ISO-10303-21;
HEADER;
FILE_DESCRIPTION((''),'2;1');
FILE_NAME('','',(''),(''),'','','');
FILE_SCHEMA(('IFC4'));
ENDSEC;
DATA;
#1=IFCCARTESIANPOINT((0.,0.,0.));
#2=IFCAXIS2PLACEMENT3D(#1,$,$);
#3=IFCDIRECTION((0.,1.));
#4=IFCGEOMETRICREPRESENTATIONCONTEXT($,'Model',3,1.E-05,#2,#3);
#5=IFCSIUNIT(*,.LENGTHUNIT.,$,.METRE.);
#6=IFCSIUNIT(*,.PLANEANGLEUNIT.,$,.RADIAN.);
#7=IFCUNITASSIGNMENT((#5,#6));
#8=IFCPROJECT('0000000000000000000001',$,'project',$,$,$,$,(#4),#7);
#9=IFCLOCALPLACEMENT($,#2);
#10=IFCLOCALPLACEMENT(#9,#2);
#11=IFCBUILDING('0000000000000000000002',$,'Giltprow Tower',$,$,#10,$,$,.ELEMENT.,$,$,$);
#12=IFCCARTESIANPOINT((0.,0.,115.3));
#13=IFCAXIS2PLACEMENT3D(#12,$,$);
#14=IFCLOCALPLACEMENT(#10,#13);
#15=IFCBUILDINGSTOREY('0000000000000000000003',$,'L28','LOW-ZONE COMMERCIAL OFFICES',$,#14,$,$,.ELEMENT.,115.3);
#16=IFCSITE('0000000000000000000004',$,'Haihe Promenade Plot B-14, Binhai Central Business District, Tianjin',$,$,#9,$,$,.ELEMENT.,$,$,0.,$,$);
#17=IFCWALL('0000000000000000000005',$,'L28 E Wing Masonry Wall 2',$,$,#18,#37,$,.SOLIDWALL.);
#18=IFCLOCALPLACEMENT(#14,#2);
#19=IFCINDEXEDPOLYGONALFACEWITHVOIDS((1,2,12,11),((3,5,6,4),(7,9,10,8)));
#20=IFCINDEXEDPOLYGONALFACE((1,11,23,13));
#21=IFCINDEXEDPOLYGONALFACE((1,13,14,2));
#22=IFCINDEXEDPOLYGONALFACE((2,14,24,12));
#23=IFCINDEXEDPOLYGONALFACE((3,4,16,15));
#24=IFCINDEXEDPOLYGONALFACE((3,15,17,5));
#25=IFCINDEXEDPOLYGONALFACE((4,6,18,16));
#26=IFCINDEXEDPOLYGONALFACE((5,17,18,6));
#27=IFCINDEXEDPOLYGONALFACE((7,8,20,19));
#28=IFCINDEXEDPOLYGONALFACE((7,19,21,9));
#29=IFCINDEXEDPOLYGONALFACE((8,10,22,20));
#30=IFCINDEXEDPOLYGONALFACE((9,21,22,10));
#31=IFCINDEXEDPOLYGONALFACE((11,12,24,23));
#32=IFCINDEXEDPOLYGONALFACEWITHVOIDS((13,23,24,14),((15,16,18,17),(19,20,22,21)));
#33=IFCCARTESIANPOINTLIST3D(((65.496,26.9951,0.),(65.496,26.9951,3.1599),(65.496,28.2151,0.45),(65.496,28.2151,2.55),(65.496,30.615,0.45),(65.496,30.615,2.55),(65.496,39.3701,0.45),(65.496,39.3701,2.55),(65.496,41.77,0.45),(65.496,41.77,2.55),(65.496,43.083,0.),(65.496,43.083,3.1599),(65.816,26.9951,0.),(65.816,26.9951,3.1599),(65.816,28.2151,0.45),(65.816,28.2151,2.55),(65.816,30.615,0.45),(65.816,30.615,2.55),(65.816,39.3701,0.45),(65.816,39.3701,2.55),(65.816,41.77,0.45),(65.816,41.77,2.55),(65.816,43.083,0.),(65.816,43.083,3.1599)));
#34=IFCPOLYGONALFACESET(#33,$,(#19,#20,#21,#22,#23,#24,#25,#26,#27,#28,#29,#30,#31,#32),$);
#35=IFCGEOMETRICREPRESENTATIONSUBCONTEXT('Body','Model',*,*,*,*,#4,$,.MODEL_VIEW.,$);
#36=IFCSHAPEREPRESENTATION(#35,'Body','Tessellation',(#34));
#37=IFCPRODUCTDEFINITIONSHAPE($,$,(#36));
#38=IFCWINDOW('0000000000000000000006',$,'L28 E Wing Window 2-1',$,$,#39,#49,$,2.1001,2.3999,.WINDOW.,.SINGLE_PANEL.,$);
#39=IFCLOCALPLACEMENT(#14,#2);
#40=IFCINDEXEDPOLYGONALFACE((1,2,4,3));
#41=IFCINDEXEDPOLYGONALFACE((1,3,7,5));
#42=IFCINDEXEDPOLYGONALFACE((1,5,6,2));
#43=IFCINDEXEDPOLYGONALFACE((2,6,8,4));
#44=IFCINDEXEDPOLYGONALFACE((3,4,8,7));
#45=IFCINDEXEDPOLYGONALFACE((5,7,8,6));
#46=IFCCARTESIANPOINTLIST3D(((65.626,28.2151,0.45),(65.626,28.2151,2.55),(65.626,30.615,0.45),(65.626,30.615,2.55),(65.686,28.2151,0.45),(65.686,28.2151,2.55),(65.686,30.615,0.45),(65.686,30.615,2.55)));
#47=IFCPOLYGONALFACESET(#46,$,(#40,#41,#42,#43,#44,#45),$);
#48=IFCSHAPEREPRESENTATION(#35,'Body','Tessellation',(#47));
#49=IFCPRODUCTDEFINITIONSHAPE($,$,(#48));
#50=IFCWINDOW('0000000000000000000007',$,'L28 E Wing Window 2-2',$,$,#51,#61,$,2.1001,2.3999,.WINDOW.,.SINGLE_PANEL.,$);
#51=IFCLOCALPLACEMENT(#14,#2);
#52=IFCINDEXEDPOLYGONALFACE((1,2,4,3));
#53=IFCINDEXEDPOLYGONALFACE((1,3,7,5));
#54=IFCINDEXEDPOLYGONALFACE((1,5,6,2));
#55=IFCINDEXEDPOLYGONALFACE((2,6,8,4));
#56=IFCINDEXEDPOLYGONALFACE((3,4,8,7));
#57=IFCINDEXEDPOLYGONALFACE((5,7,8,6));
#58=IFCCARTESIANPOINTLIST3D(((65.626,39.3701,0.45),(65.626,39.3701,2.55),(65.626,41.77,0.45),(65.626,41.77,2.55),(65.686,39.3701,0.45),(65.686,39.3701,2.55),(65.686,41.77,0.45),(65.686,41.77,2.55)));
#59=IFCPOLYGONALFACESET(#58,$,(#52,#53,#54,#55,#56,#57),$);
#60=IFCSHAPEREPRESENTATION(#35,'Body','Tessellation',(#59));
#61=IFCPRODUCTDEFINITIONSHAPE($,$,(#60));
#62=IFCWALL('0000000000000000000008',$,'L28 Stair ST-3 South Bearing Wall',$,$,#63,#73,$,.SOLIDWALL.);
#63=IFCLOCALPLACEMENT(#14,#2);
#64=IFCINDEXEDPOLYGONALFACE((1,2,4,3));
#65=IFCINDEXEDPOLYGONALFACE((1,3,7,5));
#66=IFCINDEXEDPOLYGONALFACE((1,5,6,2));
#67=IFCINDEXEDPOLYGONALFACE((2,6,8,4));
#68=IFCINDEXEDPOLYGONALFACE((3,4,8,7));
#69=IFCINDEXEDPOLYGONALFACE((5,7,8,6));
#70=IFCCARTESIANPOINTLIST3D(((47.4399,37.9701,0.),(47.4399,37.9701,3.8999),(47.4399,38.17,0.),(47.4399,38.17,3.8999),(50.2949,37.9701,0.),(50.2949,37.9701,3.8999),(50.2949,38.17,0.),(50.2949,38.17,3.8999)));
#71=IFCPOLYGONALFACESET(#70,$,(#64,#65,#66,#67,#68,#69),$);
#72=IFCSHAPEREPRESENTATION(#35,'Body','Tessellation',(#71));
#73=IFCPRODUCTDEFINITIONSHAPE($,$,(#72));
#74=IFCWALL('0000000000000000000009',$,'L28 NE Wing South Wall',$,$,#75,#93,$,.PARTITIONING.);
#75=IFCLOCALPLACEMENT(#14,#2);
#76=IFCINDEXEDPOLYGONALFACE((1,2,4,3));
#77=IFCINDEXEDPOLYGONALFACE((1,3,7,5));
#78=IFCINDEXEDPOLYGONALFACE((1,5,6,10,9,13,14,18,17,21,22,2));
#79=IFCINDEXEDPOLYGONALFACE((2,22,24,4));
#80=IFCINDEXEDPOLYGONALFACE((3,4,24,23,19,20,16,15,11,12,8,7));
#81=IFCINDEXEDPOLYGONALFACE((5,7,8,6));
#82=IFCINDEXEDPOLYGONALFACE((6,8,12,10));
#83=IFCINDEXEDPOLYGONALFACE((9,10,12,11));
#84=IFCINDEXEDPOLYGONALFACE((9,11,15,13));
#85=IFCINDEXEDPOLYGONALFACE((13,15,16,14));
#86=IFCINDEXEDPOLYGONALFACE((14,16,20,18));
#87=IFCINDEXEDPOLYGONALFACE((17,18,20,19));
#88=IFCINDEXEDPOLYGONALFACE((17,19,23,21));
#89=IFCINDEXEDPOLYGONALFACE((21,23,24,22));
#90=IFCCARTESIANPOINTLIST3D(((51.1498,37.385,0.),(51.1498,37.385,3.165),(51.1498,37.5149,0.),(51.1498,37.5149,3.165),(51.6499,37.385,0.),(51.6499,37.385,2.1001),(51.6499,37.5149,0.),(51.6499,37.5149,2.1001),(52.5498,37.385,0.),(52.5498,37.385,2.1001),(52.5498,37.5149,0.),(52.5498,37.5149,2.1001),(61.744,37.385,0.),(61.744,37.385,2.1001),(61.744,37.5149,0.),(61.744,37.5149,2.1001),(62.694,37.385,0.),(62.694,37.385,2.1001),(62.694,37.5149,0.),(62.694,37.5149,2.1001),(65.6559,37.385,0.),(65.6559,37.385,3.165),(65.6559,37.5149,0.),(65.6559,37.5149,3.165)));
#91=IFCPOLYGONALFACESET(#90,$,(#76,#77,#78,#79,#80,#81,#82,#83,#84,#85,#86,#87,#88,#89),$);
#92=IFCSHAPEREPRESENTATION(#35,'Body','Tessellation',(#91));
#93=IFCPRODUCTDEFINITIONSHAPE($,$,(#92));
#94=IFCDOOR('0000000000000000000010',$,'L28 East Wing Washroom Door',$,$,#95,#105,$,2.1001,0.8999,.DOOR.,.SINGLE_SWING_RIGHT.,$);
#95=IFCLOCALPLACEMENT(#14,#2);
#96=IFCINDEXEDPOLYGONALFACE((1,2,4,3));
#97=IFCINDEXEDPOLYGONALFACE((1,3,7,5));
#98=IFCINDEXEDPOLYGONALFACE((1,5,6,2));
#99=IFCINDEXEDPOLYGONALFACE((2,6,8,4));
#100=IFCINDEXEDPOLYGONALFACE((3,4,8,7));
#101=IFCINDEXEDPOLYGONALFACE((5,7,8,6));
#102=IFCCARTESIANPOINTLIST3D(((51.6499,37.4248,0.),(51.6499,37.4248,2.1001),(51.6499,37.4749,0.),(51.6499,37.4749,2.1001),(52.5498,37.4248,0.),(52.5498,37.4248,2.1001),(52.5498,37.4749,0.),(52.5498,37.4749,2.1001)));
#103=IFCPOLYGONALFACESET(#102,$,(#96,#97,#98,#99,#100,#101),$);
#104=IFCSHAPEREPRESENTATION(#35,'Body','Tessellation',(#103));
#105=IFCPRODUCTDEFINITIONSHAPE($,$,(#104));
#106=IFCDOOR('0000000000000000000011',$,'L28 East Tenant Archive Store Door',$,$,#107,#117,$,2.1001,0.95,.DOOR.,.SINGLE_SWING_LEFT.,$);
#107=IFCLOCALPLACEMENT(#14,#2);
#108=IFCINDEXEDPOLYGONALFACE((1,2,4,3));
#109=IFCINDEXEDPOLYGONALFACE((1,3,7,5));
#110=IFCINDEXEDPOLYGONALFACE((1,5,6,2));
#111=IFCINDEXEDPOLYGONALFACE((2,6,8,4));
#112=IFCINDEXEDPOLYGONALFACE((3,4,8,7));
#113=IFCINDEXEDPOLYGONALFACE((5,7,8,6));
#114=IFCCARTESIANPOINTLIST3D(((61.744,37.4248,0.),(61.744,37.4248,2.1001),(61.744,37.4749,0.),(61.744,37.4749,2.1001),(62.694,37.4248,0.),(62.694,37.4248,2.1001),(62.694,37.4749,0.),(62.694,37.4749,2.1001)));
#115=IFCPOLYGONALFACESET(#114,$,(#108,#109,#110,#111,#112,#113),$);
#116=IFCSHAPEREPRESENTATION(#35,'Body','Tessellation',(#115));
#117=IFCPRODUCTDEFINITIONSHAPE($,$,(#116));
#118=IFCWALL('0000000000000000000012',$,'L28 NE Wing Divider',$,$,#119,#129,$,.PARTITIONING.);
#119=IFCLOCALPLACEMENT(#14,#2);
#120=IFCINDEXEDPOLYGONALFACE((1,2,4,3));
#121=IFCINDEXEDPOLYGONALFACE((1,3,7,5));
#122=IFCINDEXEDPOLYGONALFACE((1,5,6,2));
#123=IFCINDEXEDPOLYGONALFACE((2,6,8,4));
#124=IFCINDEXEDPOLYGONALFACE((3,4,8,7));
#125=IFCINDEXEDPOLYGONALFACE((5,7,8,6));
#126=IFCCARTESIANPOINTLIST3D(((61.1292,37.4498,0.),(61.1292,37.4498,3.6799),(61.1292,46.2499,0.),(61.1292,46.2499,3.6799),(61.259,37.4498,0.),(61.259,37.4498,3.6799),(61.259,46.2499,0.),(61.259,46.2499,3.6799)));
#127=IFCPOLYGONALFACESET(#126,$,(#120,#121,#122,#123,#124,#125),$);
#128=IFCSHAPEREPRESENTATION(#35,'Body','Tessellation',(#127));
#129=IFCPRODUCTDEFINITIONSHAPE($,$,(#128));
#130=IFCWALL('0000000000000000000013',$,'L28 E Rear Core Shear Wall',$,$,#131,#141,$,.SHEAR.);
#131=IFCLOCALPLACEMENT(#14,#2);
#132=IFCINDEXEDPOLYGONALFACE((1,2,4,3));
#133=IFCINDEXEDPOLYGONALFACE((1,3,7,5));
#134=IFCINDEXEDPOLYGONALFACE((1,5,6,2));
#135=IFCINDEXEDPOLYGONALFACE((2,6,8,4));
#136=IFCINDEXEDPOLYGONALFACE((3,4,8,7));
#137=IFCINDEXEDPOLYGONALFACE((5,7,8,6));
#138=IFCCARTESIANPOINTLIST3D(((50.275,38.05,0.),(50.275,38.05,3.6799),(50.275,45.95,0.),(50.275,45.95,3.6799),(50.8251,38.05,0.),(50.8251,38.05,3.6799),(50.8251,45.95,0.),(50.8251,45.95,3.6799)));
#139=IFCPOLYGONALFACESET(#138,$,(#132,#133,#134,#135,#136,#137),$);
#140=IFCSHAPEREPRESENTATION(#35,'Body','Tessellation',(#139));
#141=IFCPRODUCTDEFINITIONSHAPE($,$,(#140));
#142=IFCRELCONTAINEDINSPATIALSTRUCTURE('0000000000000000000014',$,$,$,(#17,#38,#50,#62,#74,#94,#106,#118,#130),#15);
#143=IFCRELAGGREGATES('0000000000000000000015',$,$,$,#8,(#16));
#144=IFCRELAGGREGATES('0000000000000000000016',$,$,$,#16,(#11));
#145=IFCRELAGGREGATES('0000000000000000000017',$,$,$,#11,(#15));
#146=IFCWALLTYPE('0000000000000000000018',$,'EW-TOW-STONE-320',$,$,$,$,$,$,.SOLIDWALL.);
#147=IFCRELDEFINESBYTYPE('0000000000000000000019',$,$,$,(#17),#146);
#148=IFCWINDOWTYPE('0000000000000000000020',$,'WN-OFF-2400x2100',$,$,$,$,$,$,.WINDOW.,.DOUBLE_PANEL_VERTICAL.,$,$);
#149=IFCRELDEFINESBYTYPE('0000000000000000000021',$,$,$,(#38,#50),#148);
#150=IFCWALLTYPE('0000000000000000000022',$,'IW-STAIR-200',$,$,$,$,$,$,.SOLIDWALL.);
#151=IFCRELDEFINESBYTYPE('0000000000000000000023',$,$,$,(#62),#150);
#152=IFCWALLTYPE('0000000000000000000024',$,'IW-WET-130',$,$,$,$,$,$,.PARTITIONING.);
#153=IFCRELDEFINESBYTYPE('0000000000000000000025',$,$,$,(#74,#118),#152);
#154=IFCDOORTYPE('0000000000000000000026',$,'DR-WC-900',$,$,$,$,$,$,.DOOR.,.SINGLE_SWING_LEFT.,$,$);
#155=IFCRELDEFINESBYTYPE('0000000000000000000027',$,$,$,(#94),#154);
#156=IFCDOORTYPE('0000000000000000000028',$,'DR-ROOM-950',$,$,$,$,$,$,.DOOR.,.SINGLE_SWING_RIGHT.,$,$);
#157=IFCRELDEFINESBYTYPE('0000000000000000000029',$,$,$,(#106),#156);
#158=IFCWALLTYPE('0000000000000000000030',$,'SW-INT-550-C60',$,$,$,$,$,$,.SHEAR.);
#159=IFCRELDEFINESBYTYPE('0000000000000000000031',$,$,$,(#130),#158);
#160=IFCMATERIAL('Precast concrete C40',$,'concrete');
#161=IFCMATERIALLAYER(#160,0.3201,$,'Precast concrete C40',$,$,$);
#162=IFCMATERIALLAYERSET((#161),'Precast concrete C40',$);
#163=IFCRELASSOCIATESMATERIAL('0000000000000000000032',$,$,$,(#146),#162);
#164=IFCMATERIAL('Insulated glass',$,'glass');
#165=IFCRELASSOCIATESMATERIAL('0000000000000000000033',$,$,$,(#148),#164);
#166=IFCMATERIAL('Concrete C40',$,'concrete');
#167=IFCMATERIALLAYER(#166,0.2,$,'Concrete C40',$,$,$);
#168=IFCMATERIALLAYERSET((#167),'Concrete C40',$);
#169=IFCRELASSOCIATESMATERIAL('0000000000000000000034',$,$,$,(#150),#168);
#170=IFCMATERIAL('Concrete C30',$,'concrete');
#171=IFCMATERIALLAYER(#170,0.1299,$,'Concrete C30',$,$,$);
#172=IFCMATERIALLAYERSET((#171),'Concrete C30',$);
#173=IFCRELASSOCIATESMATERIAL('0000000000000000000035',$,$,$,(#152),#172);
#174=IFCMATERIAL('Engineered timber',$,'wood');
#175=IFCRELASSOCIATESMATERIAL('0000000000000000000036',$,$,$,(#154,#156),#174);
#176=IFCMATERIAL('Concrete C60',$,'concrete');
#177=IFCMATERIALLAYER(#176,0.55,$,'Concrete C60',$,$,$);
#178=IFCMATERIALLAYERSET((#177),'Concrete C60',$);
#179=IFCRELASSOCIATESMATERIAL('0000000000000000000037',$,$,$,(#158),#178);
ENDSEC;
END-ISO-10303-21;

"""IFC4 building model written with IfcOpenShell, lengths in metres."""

from ifc_helpers import new_model, si_unit, direction, frame, frame_2d, origin, place, context, subcontext, project, spatial, rectangle, extrude, source, transform, mapped, material, layer, layer_set, type_object, element, fill, save


model = new_model("IFC4")

# Units and contexts
model_context = context("Model", 3, precision=1e-05, world=origin(), true_north=direction((0.0, 1.0)))
body_context = subcontext(model_context, "Body", "Model", "MODEL_VIEW")
ifc_project = project(units=[si_unit("LENGTHUNIT", "METRE"), si_unit("PLANEANGLEUNIT", "RADIAN")], contexts=[model_context])

# Site, building, storey
site_placement = place(None, origin())
site = spatial("IfcSite", under=ifc_project, at=site_placement, Name="Haihe Promenade Plot B-14, Binhai Central Business District, Tianjin", CompositionType="ELEMENT", RefElevation=0.0)
building_placement = place(site_placement, origin())
building = spatial("IfcBuilding", under=site, at=building_placement, Name="Giltprow Tower", CompositionType="ELEMENT")
storey_placement = place(building_placement, frame((0.0, 0.0, 115.3)))
storey = spatial("IfcBuildingStorey", under=building, at=storey_placement, Name="L28", Description="LOW-ZONE COMMERCIAL OFFICES", CompositionType="ELEMENT", Elevation=115.3)

# Shared definitions
ifc_material_1 = material(Name="Concrete C60", Category="concrete")

# Wall, openings, windows
ifc_material_2 = material(Name="Precast concrete C40", Category="concrete")
ifc_layer_1 = layer(ifc_material_2, 0.3201, Name="Precast concrete C40")
ifc_layer_set_1 = layer_set([ifc_layer_1], Name="Precast concrete C40")
wall_type_1 = type_object("IfcWallType", Name="EW-TOW-STONE-320", PredefinedType="SOLIDWALL", material=ifc_layer_set_1)
wall_1_placement = place(storey_placement, frame((65.656, 26.9951, 0.0), z_axis=(0.0, 0.0, 1.0), x_axis=(0.0, 1.0, 0.0)))
wall_1 = element("IfcWall", 1, at=wall_1_placement, inside=storey, type_object=wall_type_1, Name="L28 E Wing Masonry Wall 2", PredefinedType="SOLIDWALL", context=body_context, shape_type="SweptSolid", body=[
    extrude(rectangle(XDim=16.0879, YDim=0.3201, at=frame_2d((8.0439, 0.0))), origin(), (0.0, 0.0, 1.0), 3.1599),
])
opening_1_placement = place(wall_1_placement, frame((1.22, 0.0, 0.45)))
opening_1 = element("IfcOpeningElement", 2, at=opening_1_placement, cuts=wall_1, PredefinedType="OPENING", context=body_context, shape_type="SweptSolid", body=[
    extrude(rectangle(XDim=2.3999, YDim=2.1001, at=frame_2d((1.2, 1.05))), frame((0.0, 0.1699, 0.0), z_axis=(0.0, -1.0, 0.0), x_axis=(1.0, 0.0, 0.0)), (0.0, 0.0, 1.0), 0.3401),
])
opening_2_placement = place(wall_1_placement, frame((12.375, 0.0, 0.45)))
opening_2 = element("IfcOpeningElement", 3, at=opening_2_placement, cuts=wall_1, PredefinedType="OPENING", context=body_context, shape_type="SweptSolid", body=[
    extrude(rectangle(XDim=2.3999, YDim=2.1001, at=frame_2d((1.2, 1.05))), frame((0.0, 0.1699, 0.0), z_axis=(0.0, -1.0, 0.0), x_axis=(1.0, 0.0, 0.0)), (0.0, 0.0, 1.0), 0.3401),
])
ifc_material_3 = material(Name="Insulated glass", Category="glass")
window_type = type_object("IfcWindowType", Name="WN-OFF-2400x2100", PartitioningType="DOUBLE_PANEL_VERTICAL", PredefinedType="WINDOW", material=ifc_material_3)
shared_shape_1 = source(origin(), body_context, "Body", "SweptSolid", [
    extrude(rectangle(XDim=2.3999, YDim=2.1001, at=frame_2d((1.2, 1.05))), frame((0.0, 0.03, 0.0), z_axis=(0.0, -1.0, 0.0), x_axis=(1.0, 0.0, 0.0)), (0.0, 0.0, 1.0), 0.0601),
])
window_1_placement = place(opening_1_placement, origin())
window_1 = element("IfcWindow", 4, at=window_1_placement, inside=storey, type_object=window_type, Name="L28 E Wing Window 2-1", OverallHeight=2.1001, OverallWidth=2.3999, PartitioningType="SINGLE_PANEL", PredefinedType="WINDOW", context=body_context, shape_type="MappedRepresentation", body=[
    mapped(shared_shape_1, transform((0.0, 0.0, 0.0), x_axis=(1.0, 0.0, 0.0), y_axis=(0.0, 1.0, 0.0), z_axis=(0.0, 0.0, 1.0), scale=1.0)),
])
fill(opening_1, window_1)
window_2_placement = place(opening_2_placement, origin())
window_2 = element("IfcWindow", 5, at=window_2_placement, inside=storey, type_object=window_type, Name="L28 E Wing Window 2-2", OverallHeight=2.1001, OverallWidth=2.3999, PartitioningType="SINGLE_PANEL", PredefinedType="WINDOW", context=body_context, shape_type="MappedRepresentation", body=[
    mapped(shared_shape_1, transform((0.0, 0.0, 0.0), x_axis=(1.0, 0.0, 0.0), y_axis=(0.0, 1.0, 0.0), z_axis=(0.0, 0.0, 1.0), scale=1.0)),
])
fill(opening_2, window_2)

# Wall
ifc_material_4 = material(Name="Concrete C40", Category="concrete")
ifc_layer_2 = layer(ifc_material_4, 0.2, Name="Concrete C40")
ifc_layer_set_2 = layer_set([ifc_layer_2], Name="Concrete C40")
wall_type_2 = type_object("IfcWallType", Name="IW-STAIR-200", PredefinedType="SOLIDWALL", material=ifc_layer_set_2)
wall_2_placement = place(storey_placement, frame((47.4399, 38.0701, 0.0), z_axis=(0.0, 0.0, 1.0), x_axis=(1.0, 0.0, 0.0)))
element("IfcWall", 6, at=wall_2_placement, inside=storey, type_object=wall_type_2, Name="L28 Stair ST-3 South Bearing Wall", PredefinedType="SOLIDWALL", context=body_context, shape_type="SweptSolid", body=[
    extrude(rectangle(XDim=2.855, YDim=0.2, at=frame_2d((1.4275, 0.0))), origin(), (0.0, 0.0, 1.0), 3.8999),
])

# Wall, openings, doors
ifc_material_5 = material(Name="Concrete C30", Category="concrete")
ifc_layer_3 = layer(ifc_material_5, 0.1299, Name="Concrete C30")
ifc_layer_set_3 = layer_set([ifc_layer_3], Name="Concrete C30")
wall_type_3 = type_object("IfcWallType", Name="IW-WET-130", PredefinedType="PARTITIONING", material=ifc_layer_set_3)
wall_3_placement = place(storey_placement, frame((51.1499, 37.45, 0.0), z_axis=(0.0, 0.0, 1.0), x_axis=(1.0, 0.0, 0.0)))
wall_3 = element("IfcWall", 7, at=wall_3_placement, inside=storey, type_object=wall_type_3, Name="L28 NE Wing South Wall", PredefinedType="PARTITIONING", context=body_context, shape_type="SweptSolid", body=[
    extrude(rectangle(XDim=14.5061, YDim=0.1299, at=frame_2d((7.2529, 0.0))), origin(), (0.0, 0.0, 1.0), 3.165),
])
opening_3_placement = place(wall_3_placement, frame((0.5, 0.0, 0.0)))
opening_3 = element("IfcOpeningElement", 8, at=opening_3_placement, cuts=wall_3, PredefinedType="OPENING", context=body_context, shape_type="SweptSolid", body=[
    extrude(rectangle(XDim=0.8999, YDim=2.1001, at=frame_2d((0.45, 1.05))), frame((0.0, 0.075, 0.0), z_axis=(0.0, -1.0, 0.0), x_axis=(1.0, 0.0, 0.0)), (0.0, 0.0, 1.0), 0.1499),
])
opening_4_placement = place(wall_3_placement, frame((10.594, 0.0, 0.0)))
opening_4 = element("IfcOpeningElement", 9, at=opening_4_placement, cuts=wall_3, PredefinedType="OPENING", context=body_context, shape_type="SweptSolid", body=[
    extrude(rectangle(XDim=0.95, YDim=2.1001, at=frame_2d((0.4751, 1.05))), frame((0.0, 0.075, 0.0), z_axis=(0.0, -1.0, 0.0), x_axis=(1.0, 0.0, 0.0)), (0.0, 0.0, 1.0), 0.1499),
])
ifc_material_6 = material(Name="Engineered timber", Category="wood")
door_type_1 = type_object("IfcDoorType", Name="DR-WC-900", OperationType="SINGLE_SWING_LEFT", PredefinedType="DOOR", material=ifc_material_6)
shared_shape_2 = source(origin(), body_context, "Body", "SweptSolid", [
    extrude(rectangle(XDim=0.8999, YDim=2.1001, at=frame_2d((0.45, 1.05))), frame((0.0, 0.0249, 0.0), z_axis=(0.0, -1.0, 0.0), x_axis=(1.0, 0.0, 0.0)), (0.0, 0.0, 1.0), 0.05),
])
door_1_placement = place(opening_3_placement, origin())
door_1 = element("IfcDoor", 10, at=door_1_placement, inside=storey, type_object=door_type_1, Name="L28 East Wing Washroom Door", OperationType="SINGLE_SWING_RIGHT", OverallHeight=2.1001, OverallWidth=0.8999, PredefinedType="DOOR", context=body_context, shape_type="MappedRepresentation", body=[
    mapped(shared_shape_2, transform((0.0, 0.0, 0.0), x_axis=(1.0, 0.0, 0.0), y_axis=(0.0, 1.0, 0.0), z_axis=(0.0, 0.0, 1.0), scale=1.0)),
])
fill(opening_3, door_1)
door_type_2 = type_object("IfcDoorType", Name="DR-ROOM-950", OperationType="SINGLE_SWING_RIGHT", PredefinedType="DOOR", material=ifc_material_6)
shared_shape_3 = source(origin(), body_context, "Body", "SweptSolid", [
    extrude(rectangle(XDim=0.95, YDim=2.1001, at=frame_2d((0.4751, 1.05))), frame((0.0, 0.0249, 0.0), z_axis=(0.0, -1.0, 0.0), x_axis=(1.0, 0.0, 0.0)), (0.0, 0.0, 1.0), 0.05),
])
door_2_placement = place(opening_4_placement, origin())
door_2 = element("IfcDoor", 11, at=door_2_placement, inside=storey, type_object=door_type_2, Name="L28 East Tenant Archive Store Door", OperationType="SINGLE_SWING_LEFT", OverallHeight=2.1001, OverallWidth=0.95, PredefinedType="DOOR", context=body_context, shape_type="MappedRepresentation", body=[
    mapped(shared_shape_3, transform((0.0, 0.0, 0.0), x_axis=(1.0, 0.0, 0.0), y_axis=(0.0, 1.0, 0.0), z_axis=(0.0, 0.0, 1.0), scale=1.0)),
])
fill(opening_4, door_2)

# Walls
wall_4_placement = place(storey_placement, frame((61.1941, 37.45, 0.0), z_axis=(0.0, 0.0, 1.0), x_axis=(0.0, 1.0, 0.0)))
element("IfcWall", 12, at=wall_4_placement, inside=storey, type_object=wall_type_3, Name="L28 NE Wing Divider", PredefinedType="PARTITIONING", context=body_context, shape_type="SweptSolid", body=[
    extrude(rectangle(XDim=8.8, YDim=0.1299, at=frame_2d((4.3999, 0.0))), origin(), (0.0, 0.0, 1.0), 3.6799),
])
ifc_layer_4 = layer(ifc_material_1, 0.55, Name="Concrete C60")
ifc_layer_set_4 = layer_set([ifc_layer_4], Name="Concrete C60")
wall_type_4 = type_object("IfcWallType", Name="SW-INT-550-C60", PredefinedType="SHEAR", material=ifc_layer_set_4)
wall_5_placement = place(storey_placement, frame((50.55, 38.05, 0.0), z_axis=(0.0, 0.0, 1.0), x_axis=(0.0, 1.0, 0.0)))
element("IfcWall", 13, at=wall_5_placement, inside=storey, type_object=wall_type_4, Name="L28 E Rear Core Shear Wall", PredefinedType="SHEAR", context=body_context, shape_type="SweptSolid", body=[
    extrude(rectangle(XDim=7.8999, YDim=0.55, at=frame_2d((3.95, 0.0))), origin(), (0.0, 0.0, 1.0), 3.6799),
])

save(model, "model.ifc")
